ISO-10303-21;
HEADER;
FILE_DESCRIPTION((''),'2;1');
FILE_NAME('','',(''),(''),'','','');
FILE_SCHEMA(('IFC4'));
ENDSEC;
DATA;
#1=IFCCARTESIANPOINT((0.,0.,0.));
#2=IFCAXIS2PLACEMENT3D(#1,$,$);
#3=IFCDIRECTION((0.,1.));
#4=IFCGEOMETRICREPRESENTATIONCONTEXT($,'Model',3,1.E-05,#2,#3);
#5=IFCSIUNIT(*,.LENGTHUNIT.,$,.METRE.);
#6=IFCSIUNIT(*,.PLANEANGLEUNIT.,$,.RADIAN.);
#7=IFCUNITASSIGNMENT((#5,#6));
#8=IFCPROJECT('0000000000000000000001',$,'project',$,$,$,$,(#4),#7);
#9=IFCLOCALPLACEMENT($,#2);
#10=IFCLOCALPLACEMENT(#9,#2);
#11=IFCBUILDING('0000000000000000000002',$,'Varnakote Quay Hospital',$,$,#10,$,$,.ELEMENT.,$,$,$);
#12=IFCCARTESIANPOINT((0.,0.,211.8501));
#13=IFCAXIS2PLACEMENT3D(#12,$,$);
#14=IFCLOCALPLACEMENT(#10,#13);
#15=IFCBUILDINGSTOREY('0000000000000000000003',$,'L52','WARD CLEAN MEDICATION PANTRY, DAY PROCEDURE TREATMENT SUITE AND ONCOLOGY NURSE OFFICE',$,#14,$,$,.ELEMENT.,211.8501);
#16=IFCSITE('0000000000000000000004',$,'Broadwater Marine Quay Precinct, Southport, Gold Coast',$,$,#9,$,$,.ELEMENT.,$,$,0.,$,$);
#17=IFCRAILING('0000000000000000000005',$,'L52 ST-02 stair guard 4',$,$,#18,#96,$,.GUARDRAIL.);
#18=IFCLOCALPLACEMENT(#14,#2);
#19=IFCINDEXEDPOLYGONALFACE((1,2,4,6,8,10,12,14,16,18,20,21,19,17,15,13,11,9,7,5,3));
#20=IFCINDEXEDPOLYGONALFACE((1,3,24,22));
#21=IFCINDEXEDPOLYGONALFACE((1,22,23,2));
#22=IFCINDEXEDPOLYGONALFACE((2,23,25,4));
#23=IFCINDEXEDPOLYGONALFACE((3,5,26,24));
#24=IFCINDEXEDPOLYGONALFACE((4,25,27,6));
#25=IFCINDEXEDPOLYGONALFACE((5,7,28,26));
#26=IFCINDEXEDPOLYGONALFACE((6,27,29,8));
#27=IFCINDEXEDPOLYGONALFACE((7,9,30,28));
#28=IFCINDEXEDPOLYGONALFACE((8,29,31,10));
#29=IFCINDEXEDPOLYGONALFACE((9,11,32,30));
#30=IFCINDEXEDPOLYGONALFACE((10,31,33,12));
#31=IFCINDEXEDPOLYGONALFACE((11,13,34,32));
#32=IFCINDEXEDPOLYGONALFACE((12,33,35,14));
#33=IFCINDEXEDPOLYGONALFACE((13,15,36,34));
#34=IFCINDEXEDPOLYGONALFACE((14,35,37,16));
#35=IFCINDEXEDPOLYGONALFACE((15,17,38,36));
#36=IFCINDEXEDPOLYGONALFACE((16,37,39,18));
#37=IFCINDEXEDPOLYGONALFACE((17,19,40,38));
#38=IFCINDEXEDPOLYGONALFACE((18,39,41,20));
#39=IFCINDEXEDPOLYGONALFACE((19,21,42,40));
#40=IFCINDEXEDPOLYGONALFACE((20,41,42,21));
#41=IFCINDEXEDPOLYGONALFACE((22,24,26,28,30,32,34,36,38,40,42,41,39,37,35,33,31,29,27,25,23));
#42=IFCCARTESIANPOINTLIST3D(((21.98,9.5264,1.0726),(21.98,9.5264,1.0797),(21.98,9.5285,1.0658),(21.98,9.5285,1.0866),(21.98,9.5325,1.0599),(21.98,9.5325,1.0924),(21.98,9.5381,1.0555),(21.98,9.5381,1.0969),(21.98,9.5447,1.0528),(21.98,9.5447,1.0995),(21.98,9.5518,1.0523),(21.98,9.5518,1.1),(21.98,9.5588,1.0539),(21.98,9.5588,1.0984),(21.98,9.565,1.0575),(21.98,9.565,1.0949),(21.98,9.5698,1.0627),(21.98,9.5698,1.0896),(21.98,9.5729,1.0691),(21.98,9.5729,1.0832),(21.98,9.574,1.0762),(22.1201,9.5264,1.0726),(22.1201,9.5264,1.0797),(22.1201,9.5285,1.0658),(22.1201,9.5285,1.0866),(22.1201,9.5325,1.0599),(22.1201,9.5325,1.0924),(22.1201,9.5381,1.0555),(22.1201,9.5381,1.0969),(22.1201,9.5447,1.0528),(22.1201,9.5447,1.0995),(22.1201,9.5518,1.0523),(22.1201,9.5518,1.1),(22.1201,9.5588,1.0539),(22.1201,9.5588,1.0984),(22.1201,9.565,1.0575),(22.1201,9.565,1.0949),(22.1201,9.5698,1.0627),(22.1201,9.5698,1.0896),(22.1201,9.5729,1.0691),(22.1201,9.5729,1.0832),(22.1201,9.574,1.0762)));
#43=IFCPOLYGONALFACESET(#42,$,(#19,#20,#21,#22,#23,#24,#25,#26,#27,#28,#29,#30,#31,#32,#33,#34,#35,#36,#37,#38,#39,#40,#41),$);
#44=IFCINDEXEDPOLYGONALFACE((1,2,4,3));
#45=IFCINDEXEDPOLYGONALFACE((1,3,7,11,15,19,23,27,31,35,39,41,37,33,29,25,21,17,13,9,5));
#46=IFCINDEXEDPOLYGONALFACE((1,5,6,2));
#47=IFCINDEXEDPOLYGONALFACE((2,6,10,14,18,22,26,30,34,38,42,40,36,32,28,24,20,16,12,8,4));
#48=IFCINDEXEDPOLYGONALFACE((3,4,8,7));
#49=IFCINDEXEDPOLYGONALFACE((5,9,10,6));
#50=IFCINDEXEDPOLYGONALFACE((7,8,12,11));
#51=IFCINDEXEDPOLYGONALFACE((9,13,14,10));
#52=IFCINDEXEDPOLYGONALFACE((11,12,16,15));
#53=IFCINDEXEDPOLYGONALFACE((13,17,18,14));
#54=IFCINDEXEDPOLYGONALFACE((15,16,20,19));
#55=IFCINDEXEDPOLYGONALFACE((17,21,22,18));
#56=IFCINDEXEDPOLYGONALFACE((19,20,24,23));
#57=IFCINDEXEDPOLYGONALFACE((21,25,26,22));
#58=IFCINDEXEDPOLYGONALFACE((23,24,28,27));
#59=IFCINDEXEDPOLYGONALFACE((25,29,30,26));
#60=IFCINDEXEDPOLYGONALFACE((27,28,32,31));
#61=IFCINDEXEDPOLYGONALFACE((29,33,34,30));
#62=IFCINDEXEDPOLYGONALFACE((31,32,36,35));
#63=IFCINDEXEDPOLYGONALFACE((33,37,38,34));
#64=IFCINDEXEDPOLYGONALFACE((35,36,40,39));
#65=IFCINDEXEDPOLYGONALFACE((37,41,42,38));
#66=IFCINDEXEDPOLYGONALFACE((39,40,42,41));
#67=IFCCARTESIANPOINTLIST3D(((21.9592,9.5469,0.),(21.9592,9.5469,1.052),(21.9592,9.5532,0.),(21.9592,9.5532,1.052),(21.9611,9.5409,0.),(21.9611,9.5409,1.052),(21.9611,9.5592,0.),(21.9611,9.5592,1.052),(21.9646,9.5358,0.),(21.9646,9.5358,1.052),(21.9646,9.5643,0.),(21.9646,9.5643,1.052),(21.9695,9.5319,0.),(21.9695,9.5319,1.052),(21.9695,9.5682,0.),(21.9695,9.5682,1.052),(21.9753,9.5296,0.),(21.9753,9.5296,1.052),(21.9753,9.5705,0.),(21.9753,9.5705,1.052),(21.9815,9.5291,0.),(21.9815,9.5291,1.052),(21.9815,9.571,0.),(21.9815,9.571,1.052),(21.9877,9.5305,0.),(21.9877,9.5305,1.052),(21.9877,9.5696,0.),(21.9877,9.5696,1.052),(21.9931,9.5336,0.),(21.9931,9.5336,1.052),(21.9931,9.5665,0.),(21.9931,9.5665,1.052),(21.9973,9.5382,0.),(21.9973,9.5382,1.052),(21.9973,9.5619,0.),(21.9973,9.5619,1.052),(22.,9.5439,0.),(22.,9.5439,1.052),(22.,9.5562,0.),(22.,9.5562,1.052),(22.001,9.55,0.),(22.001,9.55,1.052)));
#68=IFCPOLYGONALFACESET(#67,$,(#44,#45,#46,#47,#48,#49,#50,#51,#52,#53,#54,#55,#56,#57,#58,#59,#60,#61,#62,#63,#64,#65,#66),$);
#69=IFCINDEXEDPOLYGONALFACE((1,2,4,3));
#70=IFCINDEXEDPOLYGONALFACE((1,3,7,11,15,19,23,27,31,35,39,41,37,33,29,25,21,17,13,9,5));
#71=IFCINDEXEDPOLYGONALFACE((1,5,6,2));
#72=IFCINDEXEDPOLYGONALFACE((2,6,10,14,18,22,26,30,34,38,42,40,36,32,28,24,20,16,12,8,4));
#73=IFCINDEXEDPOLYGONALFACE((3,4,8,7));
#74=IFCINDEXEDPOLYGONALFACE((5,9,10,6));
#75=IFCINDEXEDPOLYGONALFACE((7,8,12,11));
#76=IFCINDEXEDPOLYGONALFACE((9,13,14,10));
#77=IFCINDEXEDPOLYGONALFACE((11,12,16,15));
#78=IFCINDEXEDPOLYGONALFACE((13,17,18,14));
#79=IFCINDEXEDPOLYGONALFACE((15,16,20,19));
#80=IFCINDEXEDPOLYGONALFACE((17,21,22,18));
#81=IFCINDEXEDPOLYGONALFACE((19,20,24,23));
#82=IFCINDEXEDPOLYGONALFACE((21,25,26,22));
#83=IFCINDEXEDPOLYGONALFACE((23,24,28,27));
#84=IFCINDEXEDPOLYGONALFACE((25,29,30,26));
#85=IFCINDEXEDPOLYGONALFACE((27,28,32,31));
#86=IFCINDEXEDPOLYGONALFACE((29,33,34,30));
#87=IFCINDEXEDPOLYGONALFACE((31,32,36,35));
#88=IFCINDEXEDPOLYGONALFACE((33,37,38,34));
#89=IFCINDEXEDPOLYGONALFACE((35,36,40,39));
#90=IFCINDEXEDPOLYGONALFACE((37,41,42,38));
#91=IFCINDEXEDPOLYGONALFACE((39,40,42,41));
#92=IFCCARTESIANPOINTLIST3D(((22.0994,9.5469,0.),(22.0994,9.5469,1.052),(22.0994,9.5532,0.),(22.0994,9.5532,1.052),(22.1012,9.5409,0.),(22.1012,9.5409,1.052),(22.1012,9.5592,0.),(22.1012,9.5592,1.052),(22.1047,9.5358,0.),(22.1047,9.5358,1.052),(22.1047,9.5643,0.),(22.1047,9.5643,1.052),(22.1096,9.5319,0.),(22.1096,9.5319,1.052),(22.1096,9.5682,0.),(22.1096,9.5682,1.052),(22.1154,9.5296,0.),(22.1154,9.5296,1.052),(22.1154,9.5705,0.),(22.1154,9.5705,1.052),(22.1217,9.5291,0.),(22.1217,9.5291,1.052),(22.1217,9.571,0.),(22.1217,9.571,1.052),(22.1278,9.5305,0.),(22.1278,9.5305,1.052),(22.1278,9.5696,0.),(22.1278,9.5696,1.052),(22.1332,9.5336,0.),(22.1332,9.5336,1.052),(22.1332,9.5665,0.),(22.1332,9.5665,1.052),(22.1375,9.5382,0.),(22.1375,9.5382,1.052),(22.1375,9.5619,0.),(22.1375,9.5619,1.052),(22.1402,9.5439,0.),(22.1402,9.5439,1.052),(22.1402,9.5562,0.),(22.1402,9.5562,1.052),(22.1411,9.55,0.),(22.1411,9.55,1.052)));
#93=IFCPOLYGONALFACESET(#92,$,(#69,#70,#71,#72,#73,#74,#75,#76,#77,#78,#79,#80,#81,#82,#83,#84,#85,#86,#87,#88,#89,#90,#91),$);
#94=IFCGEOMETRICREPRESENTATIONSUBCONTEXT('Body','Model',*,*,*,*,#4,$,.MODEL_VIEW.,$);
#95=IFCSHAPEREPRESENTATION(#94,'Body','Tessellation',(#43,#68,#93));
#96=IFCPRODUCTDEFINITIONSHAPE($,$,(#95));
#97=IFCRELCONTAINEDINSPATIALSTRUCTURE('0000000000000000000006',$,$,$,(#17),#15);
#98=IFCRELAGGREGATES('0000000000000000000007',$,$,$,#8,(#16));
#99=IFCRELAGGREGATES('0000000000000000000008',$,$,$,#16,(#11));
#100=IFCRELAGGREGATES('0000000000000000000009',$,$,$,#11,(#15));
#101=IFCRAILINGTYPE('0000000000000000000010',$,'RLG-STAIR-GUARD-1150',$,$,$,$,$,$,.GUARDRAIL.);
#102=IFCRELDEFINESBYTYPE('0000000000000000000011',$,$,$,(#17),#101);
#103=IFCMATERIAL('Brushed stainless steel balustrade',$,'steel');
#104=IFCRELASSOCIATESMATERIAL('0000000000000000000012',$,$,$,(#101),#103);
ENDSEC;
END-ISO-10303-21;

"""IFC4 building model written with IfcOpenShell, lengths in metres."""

from ifc_helpers import new_model, si_unit, direction, frame, origin, origin_2d, place, context, subcontext, project, spatial, circle, extrude, material, type_object, element, save


model = new_model("IFC4")

# Units and contexts
model_context = context("Model", 3, precision=1e-05, world=origin(), true_north=direction((0.0, 1.0)))
body_context = subcontext(model_context, "Body", "Model", "MODEL_VIEW")
ifc_project = project(units=[si_unit("LENGTHUNIT", "METRE"), si_unit("PLANEANGLEUNIT", "RADIAN")], contexts=[model_context])

# Site, building, storey
site_placement = place(None, origin())
site = spatial("IfcSite", under=ifc_project, at=site_placement, Name="Broadwater Marine Quay Precinct, Southport, Gold Coast", CompositionType="ELEMENT", RefElevation=0.0)
building_placement = place(site_placement, origin())
building = spatial("IfcBuilding", under=site, at=building_placement, Name="Varnakote Quay Hospital", CompositionType="ELEMENT")
storey_placement = place(building_placement, frame((0.0, 0.0, 211.8501)))
storey = spatial("IfcBuildingStorey", under=building, at=storey_placement, Name="L52", Description="WARD CLEAN MEDICATION PANTRY, DAY PROCEDURE TREATMENT SUITE AND ONCOLOGY NURSE OFFICE", CompositionType="ELEMENT", Elevation=211.8501)

# Railing
ifc_material_1 = material(Name="Brushed stainless steel balustrade", Category="steel")
railing_type_1 = type_object("IfcRailingType", Name="RLG-STAIR-GUARD-1150", PredefinedType="GUARDRAIL", material=ifc_material_1)
railing_1_placement = place(storey_placement, frame((21.98, 9.55, 0.0)))
element("IfcRailing", 1, at=railing_1_placement, inside=storey, type_object=railing_type_1, Name="L52 ST-02 stair guard 4", PredefinedType="GUARDRAIL", context=body_context, shape_type="SweptSolid", body=[
    extrude(circle(Radius=0.0239, at=origin_2d()), frame((0.0, 0.0, 1.0762), z_axis=(1.0, 0.0, 0.0), x_axis=(0.0, 1.0, 0.0)), (0.0, 0.0, 1.0), 0.1401),
    extrude(circle(Radius=0.021, at=origin_2d()), origin(), (0.0, 0.0, 1.0), 1.052),
    extrude(circle(Radius=0.021, at=origin_2d()), frame((0.1401, 0.0, 0.0)), (0.0, 0.0, 1.0), 1.052),
])

save(model, "model.ifc")
